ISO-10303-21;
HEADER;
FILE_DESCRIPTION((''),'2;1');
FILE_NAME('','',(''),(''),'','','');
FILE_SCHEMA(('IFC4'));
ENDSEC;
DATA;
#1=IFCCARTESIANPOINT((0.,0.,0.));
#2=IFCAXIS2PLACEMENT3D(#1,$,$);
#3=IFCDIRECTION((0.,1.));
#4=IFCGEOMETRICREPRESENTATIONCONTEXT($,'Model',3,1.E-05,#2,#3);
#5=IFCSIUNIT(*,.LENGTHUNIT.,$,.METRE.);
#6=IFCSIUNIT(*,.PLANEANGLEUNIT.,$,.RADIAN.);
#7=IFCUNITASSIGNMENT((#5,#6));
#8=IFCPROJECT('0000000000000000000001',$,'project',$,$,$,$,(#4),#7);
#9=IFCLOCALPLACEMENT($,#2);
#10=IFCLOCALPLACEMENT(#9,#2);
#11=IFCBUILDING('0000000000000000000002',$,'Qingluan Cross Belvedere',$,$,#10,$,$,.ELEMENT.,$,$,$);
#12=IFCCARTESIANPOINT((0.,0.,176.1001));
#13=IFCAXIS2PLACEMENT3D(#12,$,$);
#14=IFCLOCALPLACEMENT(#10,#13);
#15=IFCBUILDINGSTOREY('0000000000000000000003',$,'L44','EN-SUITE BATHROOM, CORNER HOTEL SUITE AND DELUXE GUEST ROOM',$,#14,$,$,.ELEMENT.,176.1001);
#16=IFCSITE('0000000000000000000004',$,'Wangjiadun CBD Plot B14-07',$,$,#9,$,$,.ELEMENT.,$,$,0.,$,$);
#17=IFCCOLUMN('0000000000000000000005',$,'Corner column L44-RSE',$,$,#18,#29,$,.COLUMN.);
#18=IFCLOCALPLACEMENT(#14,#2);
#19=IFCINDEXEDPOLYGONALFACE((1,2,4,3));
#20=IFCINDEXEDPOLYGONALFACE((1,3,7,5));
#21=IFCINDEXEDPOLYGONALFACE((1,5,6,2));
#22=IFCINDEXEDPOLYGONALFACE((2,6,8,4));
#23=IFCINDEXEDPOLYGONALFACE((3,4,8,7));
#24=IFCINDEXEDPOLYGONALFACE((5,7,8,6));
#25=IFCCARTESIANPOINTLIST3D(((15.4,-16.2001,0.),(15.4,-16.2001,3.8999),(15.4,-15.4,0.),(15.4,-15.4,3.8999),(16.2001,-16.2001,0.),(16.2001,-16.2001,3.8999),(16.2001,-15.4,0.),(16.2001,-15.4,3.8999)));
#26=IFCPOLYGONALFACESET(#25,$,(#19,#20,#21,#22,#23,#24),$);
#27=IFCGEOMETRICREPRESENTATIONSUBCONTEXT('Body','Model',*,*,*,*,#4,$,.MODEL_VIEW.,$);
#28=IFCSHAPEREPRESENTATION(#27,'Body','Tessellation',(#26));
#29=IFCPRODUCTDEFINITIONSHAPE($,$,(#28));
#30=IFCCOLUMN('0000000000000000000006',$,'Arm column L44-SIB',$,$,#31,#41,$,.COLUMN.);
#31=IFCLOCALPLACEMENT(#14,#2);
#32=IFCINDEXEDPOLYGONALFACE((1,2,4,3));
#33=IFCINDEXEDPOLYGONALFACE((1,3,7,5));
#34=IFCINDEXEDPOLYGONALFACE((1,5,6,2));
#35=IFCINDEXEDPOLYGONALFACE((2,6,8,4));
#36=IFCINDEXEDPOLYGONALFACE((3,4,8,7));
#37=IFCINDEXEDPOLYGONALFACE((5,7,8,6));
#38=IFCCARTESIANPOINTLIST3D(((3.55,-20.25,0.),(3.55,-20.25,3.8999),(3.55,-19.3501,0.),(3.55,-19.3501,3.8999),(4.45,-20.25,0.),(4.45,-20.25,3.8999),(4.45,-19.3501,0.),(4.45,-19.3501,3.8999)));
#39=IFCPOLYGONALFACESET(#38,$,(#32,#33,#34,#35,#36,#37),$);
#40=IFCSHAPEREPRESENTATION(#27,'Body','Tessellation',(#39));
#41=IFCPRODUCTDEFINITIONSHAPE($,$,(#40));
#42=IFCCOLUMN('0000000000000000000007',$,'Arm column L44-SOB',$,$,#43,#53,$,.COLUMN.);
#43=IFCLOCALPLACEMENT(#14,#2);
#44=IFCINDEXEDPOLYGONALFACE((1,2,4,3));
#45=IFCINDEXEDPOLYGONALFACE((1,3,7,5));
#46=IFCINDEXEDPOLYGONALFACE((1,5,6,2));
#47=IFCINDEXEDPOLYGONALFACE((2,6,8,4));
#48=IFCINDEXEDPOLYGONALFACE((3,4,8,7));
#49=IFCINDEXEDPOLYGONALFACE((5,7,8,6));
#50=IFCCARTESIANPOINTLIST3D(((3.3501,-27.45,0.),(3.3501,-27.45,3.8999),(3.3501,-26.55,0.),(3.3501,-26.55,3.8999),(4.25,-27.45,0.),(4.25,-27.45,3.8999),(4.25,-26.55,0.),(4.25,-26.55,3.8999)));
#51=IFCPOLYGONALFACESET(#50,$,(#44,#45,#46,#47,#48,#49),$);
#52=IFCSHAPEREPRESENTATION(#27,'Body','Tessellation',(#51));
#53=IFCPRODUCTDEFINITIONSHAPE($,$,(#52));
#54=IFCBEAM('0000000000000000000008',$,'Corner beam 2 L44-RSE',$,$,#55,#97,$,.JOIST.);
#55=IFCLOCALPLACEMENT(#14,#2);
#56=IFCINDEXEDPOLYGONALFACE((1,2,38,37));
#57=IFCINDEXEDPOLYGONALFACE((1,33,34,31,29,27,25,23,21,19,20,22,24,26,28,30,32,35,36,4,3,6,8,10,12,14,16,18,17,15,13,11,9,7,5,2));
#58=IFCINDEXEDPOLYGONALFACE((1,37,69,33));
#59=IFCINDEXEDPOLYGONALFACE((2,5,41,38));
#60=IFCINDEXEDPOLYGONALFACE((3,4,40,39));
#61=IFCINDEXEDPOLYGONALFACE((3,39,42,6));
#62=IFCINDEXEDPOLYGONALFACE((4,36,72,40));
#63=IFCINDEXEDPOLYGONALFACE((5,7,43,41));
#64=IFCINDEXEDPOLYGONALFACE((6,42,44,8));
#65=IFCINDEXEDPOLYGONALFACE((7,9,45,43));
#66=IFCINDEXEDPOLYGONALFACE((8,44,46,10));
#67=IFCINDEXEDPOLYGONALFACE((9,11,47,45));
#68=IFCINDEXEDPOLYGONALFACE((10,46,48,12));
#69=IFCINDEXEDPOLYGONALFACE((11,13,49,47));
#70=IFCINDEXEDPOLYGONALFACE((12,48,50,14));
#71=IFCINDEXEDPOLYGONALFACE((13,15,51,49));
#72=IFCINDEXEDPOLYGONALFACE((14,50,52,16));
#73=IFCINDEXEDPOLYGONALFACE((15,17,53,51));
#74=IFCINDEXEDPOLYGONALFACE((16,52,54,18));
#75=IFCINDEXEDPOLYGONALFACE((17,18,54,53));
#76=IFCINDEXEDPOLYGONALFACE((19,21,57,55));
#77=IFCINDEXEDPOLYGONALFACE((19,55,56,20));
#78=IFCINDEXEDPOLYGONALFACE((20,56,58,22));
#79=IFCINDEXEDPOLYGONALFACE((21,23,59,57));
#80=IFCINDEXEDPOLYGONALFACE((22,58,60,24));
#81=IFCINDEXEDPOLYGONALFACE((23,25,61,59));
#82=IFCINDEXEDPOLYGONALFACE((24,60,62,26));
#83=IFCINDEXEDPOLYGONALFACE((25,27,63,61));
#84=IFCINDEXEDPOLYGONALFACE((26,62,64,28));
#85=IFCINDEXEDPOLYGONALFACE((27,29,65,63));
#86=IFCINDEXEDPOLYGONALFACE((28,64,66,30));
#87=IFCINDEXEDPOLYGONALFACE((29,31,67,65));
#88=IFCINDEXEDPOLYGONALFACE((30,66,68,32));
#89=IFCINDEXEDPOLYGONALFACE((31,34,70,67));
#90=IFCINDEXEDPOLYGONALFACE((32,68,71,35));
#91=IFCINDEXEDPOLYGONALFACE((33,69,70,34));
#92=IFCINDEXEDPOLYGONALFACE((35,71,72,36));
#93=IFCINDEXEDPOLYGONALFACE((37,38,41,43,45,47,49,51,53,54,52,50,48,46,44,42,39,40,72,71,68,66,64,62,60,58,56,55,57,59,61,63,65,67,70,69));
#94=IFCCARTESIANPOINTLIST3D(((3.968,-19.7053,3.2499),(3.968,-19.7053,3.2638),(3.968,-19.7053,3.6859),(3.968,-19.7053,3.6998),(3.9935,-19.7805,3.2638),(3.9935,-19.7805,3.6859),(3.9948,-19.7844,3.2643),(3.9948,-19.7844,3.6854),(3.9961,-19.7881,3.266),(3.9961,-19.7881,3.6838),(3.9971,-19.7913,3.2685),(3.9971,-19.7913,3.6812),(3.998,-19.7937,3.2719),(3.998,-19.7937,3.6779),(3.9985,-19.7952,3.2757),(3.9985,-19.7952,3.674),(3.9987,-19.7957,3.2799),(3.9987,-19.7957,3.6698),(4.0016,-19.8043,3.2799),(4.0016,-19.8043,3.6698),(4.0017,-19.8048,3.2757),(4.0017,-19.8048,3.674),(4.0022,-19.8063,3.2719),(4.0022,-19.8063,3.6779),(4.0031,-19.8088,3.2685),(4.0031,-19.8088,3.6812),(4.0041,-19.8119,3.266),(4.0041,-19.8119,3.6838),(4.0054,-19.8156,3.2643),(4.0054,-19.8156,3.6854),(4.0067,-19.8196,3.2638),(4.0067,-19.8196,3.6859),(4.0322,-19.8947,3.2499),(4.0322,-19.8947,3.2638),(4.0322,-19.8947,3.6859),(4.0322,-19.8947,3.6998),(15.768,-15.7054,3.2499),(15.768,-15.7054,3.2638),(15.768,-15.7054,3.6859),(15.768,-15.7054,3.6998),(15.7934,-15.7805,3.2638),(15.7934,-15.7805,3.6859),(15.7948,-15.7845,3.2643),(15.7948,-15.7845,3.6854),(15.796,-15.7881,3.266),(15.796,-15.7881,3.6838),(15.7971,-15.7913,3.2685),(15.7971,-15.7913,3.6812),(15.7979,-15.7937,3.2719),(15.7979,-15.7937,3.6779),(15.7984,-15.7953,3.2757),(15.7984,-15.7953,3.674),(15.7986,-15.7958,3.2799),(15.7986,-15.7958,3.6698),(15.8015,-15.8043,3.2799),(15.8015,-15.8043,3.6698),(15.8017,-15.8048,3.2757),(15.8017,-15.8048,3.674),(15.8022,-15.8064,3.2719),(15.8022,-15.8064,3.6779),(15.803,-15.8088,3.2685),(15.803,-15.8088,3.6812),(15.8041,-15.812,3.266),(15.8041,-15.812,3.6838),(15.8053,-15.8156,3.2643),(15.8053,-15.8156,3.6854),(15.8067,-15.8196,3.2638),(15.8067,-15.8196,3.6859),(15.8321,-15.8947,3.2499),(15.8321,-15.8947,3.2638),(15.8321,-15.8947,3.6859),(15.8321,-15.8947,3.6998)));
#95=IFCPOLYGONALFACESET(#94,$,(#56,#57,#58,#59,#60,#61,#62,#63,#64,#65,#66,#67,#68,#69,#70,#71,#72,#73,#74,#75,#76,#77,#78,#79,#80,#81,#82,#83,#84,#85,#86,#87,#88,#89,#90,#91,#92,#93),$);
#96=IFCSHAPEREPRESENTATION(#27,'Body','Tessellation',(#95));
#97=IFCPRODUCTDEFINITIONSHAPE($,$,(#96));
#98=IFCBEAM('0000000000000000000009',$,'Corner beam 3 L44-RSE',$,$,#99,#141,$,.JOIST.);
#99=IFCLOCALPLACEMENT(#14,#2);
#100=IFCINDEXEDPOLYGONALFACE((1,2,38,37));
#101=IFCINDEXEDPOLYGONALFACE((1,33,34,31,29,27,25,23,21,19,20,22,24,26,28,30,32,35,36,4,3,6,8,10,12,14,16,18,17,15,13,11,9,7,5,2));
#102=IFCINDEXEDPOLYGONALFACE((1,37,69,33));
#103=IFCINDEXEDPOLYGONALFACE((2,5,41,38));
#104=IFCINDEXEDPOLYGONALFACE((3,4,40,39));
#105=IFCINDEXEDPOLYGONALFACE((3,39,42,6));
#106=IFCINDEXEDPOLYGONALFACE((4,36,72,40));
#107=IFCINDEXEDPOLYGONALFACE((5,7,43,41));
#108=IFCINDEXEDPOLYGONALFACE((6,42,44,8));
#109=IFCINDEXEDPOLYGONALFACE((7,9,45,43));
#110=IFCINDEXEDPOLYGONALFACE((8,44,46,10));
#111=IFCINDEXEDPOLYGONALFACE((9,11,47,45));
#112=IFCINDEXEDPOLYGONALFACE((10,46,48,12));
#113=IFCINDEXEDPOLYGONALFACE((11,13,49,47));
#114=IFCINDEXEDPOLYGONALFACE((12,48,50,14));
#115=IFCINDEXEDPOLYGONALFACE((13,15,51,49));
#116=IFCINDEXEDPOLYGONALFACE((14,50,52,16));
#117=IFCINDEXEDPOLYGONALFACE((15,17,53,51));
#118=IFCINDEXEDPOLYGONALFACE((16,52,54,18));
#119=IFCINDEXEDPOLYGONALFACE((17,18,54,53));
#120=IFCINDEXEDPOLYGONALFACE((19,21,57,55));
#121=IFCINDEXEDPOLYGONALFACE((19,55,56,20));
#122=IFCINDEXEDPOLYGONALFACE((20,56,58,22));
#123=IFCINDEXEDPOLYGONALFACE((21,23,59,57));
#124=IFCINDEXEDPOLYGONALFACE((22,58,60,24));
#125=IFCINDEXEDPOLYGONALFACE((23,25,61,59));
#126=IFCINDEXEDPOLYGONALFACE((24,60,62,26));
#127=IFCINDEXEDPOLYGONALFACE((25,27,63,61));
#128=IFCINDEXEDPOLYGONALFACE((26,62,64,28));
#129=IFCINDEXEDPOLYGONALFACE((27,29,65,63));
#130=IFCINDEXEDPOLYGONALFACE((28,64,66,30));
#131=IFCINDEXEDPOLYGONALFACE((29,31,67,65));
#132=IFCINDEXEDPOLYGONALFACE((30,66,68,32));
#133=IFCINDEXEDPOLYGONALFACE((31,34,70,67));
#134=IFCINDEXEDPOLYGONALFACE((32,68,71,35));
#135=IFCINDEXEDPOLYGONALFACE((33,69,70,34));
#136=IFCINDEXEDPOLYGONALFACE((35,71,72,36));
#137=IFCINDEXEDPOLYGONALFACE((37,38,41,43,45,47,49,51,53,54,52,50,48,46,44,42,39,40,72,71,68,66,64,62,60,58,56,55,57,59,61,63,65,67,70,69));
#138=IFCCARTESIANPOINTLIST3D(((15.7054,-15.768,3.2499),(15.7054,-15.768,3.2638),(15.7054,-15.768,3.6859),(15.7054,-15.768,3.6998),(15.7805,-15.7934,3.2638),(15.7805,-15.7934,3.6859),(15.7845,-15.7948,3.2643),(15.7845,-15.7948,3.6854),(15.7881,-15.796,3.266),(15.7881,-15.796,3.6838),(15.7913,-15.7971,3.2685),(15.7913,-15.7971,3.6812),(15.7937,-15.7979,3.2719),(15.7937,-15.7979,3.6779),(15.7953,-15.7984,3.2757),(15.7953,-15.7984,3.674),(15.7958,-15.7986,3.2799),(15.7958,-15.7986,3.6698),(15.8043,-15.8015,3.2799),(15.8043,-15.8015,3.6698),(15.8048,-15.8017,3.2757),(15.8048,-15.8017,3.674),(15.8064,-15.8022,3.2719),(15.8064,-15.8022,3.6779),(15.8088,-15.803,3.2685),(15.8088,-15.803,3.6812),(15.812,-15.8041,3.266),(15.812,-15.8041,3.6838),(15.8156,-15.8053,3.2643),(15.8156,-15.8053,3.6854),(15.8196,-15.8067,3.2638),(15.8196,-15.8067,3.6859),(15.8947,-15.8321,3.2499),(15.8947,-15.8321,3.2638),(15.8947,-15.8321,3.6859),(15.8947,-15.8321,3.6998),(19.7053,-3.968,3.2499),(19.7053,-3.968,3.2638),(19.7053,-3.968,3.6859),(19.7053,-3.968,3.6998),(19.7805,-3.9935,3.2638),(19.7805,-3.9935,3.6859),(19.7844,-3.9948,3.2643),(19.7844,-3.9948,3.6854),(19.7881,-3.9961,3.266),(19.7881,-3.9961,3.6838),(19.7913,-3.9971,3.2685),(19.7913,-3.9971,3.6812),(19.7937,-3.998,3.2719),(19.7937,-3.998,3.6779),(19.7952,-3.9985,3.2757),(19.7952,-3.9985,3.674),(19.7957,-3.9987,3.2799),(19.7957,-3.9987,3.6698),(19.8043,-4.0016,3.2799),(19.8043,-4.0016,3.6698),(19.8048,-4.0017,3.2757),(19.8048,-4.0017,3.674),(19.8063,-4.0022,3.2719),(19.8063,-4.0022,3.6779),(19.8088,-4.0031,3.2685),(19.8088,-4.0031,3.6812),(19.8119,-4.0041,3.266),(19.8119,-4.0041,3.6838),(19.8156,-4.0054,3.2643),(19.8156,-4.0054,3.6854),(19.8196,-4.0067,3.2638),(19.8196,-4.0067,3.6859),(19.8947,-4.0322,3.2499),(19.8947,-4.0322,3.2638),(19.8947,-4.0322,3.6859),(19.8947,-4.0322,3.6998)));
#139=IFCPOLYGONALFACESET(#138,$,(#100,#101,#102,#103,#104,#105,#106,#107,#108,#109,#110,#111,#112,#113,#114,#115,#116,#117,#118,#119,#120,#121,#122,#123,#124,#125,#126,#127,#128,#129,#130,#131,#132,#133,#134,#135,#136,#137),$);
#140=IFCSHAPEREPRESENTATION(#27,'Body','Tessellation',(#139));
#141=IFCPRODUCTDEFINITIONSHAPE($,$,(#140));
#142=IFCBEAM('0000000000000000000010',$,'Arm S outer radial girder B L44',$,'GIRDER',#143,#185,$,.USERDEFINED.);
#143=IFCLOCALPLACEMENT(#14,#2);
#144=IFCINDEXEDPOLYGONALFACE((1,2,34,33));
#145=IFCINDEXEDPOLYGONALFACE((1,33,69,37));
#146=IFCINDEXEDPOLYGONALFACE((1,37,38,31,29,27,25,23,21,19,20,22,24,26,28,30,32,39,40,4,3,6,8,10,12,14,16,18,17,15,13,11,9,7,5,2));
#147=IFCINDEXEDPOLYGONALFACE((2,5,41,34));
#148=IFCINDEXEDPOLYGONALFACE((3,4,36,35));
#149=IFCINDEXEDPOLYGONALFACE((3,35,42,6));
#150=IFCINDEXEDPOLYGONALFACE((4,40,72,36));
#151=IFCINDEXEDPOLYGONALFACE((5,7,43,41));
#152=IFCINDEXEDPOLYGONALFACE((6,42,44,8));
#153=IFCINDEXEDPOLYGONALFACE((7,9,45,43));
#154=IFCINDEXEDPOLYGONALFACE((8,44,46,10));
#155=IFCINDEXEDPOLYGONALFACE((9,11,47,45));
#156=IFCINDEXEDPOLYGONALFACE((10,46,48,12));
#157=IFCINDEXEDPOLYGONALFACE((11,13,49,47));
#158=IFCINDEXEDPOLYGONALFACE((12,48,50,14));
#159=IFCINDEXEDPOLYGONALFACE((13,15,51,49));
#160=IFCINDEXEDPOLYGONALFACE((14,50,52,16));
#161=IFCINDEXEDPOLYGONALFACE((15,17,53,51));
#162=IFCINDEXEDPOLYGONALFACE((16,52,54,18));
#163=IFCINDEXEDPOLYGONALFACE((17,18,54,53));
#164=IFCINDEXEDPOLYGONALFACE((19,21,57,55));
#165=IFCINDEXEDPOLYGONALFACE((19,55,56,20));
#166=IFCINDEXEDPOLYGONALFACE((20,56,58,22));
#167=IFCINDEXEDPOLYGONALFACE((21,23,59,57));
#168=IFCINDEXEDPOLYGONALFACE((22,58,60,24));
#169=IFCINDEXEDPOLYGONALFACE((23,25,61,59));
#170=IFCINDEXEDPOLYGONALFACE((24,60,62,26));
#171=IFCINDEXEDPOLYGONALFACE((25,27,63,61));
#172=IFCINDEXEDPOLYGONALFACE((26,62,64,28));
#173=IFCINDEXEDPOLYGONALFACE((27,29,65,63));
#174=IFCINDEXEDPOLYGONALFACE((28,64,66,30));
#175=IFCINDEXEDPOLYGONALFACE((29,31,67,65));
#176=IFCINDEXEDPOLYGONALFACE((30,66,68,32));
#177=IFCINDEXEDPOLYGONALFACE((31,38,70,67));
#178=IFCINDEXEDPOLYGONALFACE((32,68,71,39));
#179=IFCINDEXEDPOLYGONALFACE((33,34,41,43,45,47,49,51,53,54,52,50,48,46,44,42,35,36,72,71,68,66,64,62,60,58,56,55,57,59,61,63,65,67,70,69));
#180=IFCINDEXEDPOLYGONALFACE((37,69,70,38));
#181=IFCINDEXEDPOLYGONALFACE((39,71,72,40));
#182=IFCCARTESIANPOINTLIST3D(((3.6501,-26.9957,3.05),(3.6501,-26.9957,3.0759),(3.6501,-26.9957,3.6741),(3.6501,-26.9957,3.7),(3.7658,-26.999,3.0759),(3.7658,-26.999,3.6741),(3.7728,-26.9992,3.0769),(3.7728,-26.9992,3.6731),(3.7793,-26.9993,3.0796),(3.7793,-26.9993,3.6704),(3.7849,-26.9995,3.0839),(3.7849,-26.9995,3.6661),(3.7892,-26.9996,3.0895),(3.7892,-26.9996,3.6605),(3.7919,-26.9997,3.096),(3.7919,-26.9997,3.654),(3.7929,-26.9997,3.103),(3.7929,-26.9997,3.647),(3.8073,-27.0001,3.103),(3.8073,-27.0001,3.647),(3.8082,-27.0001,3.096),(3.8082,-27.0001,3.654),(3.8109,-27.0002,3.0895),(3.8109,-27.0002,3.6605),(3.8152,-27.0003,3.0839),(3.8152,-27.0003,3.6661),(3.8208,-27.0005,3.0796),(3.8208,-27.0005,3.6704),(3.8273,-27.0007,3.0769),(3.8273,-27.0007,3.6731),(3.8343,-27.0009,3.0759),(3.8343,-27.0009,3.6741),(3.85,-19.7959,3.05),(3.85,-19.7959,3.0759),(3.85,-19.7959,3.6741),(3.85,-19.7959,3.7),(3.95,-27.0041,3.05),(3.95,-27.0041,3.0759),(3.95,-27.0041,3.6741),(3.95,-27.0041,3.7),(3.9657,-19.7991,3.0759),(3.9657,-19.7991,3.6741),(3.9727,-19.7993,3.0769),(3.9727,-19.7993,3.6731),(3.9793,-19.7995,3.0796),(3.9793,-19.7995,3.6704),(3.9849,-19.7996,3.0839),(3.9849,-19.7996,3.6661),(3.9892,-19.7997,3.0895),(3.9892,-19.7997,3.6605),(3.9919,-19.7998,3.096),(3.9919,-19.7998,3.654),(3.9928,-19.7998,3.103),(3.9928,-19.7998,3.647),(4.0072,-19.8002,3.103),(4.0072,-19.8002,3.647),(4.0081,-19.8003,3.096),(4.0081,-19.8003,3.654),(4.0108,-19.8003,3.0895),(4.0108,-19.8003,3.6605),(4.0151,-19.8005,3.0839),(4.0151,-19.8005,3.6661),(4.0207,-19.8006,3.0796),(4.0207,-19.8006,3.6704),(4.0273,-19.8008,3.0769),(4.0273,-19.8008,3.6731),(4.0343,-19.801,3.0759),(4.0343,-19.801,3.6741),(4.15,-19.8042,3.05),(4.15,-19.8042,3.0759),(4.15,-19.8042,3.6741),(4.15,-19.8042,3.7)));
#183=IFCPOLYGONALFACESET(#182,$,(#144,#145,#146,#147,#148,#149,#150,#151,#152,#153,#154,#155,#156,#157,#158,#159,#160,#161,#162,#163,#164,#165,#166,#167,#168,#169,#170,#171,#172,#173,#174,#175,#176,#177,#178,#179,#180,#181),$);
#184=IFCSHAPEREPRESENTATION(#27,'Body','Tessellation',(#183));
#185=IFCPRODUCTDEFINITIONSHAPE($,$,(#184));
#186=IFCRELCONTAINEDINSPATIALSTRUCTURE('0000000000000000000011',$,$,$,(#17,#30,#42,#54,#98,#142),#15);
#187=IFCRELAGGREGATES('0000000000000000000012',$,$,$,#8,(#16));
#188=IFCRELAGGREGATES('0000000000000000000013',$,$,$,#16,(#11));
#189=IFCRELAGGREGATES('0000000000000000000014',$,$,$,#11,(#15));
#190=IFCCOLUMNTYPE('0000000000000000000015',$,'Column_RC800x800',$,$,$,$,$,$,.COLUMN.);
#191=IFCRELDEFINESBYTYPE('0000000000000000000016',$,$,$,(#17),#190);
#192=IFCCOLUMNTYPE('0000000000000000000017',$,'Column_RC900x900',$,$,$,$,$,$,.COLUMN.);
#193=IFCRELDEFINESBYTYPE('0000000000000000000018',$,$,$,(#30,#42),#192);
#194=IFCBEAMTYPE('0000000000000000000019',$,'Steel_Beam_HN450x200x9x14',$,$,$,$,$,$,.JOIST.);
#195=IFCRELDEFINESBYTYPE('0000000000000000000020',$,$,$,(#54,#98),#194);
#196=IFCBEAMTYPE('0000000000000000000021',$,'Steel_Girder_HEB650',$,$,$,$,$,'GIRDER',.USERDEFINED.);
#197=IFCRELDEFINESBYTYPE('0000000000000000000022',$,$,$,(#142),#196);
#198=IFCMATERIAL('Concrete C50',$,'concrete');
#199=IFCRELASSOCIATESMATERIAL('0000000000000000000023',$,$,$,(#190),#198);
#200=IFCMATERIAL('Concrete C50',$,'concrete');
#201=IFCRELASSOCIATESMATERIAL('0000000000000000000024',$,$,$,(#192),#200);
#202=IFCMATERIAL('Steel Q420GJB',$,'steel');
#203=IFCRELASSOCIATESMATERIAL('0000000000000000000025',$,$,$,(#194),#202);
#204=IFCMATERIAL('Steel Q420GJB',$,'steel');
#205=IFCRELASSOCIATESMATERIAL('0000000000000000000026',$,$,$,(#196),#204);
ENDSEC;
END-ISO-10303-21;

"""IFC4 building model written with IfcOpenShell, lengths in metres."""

from ifc_helpers import new_model, si_unit, direction, frame, origin, origin_2d, place, context, subcontext, project, spatial, rectangle, i_section, extrude, material, material_profile, profile_set, type_object, element, save


model = new_model("IFC4")

# Units and contexts
model_context = context("Model", 3, precision=1e-05, world=origin(), true_north=direction((0.0, 1.0)))
body_context = subcontext(model_context, "Body", "Model", "MODEL_VIEW")
ifc_project = project(units=[si_unit("LENGTHUNIT", "METRE"), si_unit("PLANEANGLEUNIT", "RADIAN")], contexts=[model_context])

# Site, building, storey
site_placement = place(None, origin())
site = spatial("IfcSite", under=ifc_project, at=site_placement, Name="Wangjiadun CBD Plot B14-07", CompositionType="ELEMENT", RefElevation=0.0)
building_placement = place(site_placement, origin())
building = spatial("IfcBuilding", under=site, at=building_placement, Name="Qingluan Cross Belvedere", CompositionType="ELEMENT")
storey_placement = place(building_placement, frame((0.0, 0.0, 176.1001)))
storey = spatial("IfcBuildingStorey", under=building, at=storey_placement, Name="L44", Description="EN-SUITE BATHROOM, CORNER HOTEL SUITE AND DELUXE GUEST ROOM", CompositionType="ELEMENT", Elevation=176.1001)

# Columns
ifc_material_1 = material(Name="Concrete C50", Category="concrete")
ifc_material_profile_1 = material_profile(ifc_material_1, rectangle(XDim=0.8, YDim=0.8, at=origin_2d()), Name="RC800x800")
ifc_profile_set_1 = profile_set([ifc_material_profile_1], Name="Concrete C50")
column_type_1 = type_object("IfcColumnType", Name="Column_RC800x800", PredefinedType="COLUMN", material=ifc_profile_set_1)
column_placement = place(storey_placement, frame((15.8, -15.8, 0.0), z_axis=(0.0, 0.0, 1.0), x_axis=(1.0, 0.0, 0.0)))
element("IfcColumn", 1, at=column_placement, inside=storey, type_object=column_type_1, Name="Corner column L44-RSE", PredefinedType="COLUMN", context=body_context, shape_type="SweptSolid", body=[
    extrude(rectangle(XDim=0.8, YDim=0.8, at=origin_2d()), origin(), (0.0, 0.0, 1.0), 3.8999),
])
ifc_material_2 = material(Name="Concrete C50", Category="concrete")
ifc_material_profile_2 = material_profile(ifc_material_2, rectangle(XDim=0.8999, YDim=0.8999, at=origin_2d()), Name="RC900x900")
ifc_profile_set_2 = profile_set([ifc_material_profile_2], Name="Concrete C50")
column_type_2 = type_object("IfcColumnType", Name="Column_RC900x900", PredefinedType="COLUMN", material=ifc_profile_set_2)
for number, where, z_axis, x_axis, name in (
    (2, (4.0, -19.8, 0.0), (0.0, 0.0, 1.0), (1.0, 0.0, 0.0), "Arm column L44-SIB"),
    (3, (3.8, -27.0, 0.0), (0.0, 0.0, 1.0), (1.0, 0.0, 0.0), "Arm column L44-SOB"),
):
    element("IfcColumn", number, at=place(storey_placement, frame(where, z_axis=z_axis, x_axis=x_axis)), inside=storey, type_object=column_type_2, Name=name, PredefinedType="COLUMN", context=body_context, shape_type="SweptSolid", body=[
        extrude(rectangle(XDim=0.8999, YDim=0.8999, at=origin_2d()), origin(), (0.0, 0.0, 1.0), 3.8999),
    ])

# Beams
ifc_material_3 = material(Name="Steel Q420GJB", Category="steel")
ifc_material_profile_3 = material_profile(ifc_material_3, i_section(OverallWidth=0.2, OverallDepth=0.45, WebThickness=0.009, FlangeThickness=0.0139, FilletRadius=0.0161, at=origin_2d()), Name="HN450x200x9x14")
ifc_profile_set_3 = profile_set([ifc_material_profile_3], Name="Steel Q420GJB")
beam_type_1 = type_object("IfcBeamType", Name="Steel_Beam_HN450x200x9x14", PredefinedType="JOIST", material=ifc_profile_set_3)
for number, where, z_axis, x_axis, name in (
    (4, (15.8, -15.8, 3.4749), (-0.947066, -0.321038, 0.0), (0.321038, -0.947066, 0.0), "Corner beam 2 L44-RSE"),
    (5, (15.8, -15.8, 3.4749), (0.321038, 0.947066, 0.0), (-0.947066, 0.321038, 0.0), "Corner beam 3 L44-RSE"),
):
    element("IfcBeam", number, at=place(storey_placement, frame(where, z_axis=z_axis, x_axis=x_axis)), inside=storey, type_object=beam_type_1, Name=name, PredefinedType="JOIST", context=body_context, shape_type="SweptSolid", body=[
        extrude(i_section(OverallWidth=0.2, OverallDepth=0.45, WebThickness=0.009, FlangeThickness=0.0139, FilletRadius=0.0161, at=origin_2d()), origin(), (0.0, 0.0, 1.0), 12.4595),
    ])
ifc_material_4 = material(Name="Steel Q420GJB", Category="steel")
ifc_material_profile_4 = material_profile(ifc_material_4, i_section(OverallWidth=0.3, OverallDepth=0.6499, WebThickness=0.0144, FlangeThickness=0.0259, FilletRadius=0.0271, at=origin_2d()), Name="HEB650")
ifc_profile_set_4 = profile_set([ifc_material_profile_4], Name="Steel Q420GJB")
beam_type_2 = type_object("IfcBeamType", Name="Steel_Girder_HEB650", ElementType="GIRDER", PredefinedType="USERDEFINED", material=ifc_profile_set_4)
beam_placement = place(storey_placement, frame((4.0, -19.8, 3.375), z_axis=(-0.02776, -0.999615, 0.0), x_axis=(0.999615, -0.02776, 0.0)))
element("IfcBeam", 6, at=beam_placement, inside=storey, type_object=beam_type_2, Name="Arm S outer radial girder B L44", ObjectType="GIRDER", PredefinedType="USERDEFINED", context=body_context, shape_type="SweptSolid", body=[
    extrude(i_section(OverallWidth=0.3, OverallDepth=0.6499, WebThickness=0.0144, FlangeThickness=0.0259, FilletRadius=0.0271, at=origin_2d()), origin(), (0.0, 0.0, 1.0), 7.2026),
])

save(model, "model.ifc")
